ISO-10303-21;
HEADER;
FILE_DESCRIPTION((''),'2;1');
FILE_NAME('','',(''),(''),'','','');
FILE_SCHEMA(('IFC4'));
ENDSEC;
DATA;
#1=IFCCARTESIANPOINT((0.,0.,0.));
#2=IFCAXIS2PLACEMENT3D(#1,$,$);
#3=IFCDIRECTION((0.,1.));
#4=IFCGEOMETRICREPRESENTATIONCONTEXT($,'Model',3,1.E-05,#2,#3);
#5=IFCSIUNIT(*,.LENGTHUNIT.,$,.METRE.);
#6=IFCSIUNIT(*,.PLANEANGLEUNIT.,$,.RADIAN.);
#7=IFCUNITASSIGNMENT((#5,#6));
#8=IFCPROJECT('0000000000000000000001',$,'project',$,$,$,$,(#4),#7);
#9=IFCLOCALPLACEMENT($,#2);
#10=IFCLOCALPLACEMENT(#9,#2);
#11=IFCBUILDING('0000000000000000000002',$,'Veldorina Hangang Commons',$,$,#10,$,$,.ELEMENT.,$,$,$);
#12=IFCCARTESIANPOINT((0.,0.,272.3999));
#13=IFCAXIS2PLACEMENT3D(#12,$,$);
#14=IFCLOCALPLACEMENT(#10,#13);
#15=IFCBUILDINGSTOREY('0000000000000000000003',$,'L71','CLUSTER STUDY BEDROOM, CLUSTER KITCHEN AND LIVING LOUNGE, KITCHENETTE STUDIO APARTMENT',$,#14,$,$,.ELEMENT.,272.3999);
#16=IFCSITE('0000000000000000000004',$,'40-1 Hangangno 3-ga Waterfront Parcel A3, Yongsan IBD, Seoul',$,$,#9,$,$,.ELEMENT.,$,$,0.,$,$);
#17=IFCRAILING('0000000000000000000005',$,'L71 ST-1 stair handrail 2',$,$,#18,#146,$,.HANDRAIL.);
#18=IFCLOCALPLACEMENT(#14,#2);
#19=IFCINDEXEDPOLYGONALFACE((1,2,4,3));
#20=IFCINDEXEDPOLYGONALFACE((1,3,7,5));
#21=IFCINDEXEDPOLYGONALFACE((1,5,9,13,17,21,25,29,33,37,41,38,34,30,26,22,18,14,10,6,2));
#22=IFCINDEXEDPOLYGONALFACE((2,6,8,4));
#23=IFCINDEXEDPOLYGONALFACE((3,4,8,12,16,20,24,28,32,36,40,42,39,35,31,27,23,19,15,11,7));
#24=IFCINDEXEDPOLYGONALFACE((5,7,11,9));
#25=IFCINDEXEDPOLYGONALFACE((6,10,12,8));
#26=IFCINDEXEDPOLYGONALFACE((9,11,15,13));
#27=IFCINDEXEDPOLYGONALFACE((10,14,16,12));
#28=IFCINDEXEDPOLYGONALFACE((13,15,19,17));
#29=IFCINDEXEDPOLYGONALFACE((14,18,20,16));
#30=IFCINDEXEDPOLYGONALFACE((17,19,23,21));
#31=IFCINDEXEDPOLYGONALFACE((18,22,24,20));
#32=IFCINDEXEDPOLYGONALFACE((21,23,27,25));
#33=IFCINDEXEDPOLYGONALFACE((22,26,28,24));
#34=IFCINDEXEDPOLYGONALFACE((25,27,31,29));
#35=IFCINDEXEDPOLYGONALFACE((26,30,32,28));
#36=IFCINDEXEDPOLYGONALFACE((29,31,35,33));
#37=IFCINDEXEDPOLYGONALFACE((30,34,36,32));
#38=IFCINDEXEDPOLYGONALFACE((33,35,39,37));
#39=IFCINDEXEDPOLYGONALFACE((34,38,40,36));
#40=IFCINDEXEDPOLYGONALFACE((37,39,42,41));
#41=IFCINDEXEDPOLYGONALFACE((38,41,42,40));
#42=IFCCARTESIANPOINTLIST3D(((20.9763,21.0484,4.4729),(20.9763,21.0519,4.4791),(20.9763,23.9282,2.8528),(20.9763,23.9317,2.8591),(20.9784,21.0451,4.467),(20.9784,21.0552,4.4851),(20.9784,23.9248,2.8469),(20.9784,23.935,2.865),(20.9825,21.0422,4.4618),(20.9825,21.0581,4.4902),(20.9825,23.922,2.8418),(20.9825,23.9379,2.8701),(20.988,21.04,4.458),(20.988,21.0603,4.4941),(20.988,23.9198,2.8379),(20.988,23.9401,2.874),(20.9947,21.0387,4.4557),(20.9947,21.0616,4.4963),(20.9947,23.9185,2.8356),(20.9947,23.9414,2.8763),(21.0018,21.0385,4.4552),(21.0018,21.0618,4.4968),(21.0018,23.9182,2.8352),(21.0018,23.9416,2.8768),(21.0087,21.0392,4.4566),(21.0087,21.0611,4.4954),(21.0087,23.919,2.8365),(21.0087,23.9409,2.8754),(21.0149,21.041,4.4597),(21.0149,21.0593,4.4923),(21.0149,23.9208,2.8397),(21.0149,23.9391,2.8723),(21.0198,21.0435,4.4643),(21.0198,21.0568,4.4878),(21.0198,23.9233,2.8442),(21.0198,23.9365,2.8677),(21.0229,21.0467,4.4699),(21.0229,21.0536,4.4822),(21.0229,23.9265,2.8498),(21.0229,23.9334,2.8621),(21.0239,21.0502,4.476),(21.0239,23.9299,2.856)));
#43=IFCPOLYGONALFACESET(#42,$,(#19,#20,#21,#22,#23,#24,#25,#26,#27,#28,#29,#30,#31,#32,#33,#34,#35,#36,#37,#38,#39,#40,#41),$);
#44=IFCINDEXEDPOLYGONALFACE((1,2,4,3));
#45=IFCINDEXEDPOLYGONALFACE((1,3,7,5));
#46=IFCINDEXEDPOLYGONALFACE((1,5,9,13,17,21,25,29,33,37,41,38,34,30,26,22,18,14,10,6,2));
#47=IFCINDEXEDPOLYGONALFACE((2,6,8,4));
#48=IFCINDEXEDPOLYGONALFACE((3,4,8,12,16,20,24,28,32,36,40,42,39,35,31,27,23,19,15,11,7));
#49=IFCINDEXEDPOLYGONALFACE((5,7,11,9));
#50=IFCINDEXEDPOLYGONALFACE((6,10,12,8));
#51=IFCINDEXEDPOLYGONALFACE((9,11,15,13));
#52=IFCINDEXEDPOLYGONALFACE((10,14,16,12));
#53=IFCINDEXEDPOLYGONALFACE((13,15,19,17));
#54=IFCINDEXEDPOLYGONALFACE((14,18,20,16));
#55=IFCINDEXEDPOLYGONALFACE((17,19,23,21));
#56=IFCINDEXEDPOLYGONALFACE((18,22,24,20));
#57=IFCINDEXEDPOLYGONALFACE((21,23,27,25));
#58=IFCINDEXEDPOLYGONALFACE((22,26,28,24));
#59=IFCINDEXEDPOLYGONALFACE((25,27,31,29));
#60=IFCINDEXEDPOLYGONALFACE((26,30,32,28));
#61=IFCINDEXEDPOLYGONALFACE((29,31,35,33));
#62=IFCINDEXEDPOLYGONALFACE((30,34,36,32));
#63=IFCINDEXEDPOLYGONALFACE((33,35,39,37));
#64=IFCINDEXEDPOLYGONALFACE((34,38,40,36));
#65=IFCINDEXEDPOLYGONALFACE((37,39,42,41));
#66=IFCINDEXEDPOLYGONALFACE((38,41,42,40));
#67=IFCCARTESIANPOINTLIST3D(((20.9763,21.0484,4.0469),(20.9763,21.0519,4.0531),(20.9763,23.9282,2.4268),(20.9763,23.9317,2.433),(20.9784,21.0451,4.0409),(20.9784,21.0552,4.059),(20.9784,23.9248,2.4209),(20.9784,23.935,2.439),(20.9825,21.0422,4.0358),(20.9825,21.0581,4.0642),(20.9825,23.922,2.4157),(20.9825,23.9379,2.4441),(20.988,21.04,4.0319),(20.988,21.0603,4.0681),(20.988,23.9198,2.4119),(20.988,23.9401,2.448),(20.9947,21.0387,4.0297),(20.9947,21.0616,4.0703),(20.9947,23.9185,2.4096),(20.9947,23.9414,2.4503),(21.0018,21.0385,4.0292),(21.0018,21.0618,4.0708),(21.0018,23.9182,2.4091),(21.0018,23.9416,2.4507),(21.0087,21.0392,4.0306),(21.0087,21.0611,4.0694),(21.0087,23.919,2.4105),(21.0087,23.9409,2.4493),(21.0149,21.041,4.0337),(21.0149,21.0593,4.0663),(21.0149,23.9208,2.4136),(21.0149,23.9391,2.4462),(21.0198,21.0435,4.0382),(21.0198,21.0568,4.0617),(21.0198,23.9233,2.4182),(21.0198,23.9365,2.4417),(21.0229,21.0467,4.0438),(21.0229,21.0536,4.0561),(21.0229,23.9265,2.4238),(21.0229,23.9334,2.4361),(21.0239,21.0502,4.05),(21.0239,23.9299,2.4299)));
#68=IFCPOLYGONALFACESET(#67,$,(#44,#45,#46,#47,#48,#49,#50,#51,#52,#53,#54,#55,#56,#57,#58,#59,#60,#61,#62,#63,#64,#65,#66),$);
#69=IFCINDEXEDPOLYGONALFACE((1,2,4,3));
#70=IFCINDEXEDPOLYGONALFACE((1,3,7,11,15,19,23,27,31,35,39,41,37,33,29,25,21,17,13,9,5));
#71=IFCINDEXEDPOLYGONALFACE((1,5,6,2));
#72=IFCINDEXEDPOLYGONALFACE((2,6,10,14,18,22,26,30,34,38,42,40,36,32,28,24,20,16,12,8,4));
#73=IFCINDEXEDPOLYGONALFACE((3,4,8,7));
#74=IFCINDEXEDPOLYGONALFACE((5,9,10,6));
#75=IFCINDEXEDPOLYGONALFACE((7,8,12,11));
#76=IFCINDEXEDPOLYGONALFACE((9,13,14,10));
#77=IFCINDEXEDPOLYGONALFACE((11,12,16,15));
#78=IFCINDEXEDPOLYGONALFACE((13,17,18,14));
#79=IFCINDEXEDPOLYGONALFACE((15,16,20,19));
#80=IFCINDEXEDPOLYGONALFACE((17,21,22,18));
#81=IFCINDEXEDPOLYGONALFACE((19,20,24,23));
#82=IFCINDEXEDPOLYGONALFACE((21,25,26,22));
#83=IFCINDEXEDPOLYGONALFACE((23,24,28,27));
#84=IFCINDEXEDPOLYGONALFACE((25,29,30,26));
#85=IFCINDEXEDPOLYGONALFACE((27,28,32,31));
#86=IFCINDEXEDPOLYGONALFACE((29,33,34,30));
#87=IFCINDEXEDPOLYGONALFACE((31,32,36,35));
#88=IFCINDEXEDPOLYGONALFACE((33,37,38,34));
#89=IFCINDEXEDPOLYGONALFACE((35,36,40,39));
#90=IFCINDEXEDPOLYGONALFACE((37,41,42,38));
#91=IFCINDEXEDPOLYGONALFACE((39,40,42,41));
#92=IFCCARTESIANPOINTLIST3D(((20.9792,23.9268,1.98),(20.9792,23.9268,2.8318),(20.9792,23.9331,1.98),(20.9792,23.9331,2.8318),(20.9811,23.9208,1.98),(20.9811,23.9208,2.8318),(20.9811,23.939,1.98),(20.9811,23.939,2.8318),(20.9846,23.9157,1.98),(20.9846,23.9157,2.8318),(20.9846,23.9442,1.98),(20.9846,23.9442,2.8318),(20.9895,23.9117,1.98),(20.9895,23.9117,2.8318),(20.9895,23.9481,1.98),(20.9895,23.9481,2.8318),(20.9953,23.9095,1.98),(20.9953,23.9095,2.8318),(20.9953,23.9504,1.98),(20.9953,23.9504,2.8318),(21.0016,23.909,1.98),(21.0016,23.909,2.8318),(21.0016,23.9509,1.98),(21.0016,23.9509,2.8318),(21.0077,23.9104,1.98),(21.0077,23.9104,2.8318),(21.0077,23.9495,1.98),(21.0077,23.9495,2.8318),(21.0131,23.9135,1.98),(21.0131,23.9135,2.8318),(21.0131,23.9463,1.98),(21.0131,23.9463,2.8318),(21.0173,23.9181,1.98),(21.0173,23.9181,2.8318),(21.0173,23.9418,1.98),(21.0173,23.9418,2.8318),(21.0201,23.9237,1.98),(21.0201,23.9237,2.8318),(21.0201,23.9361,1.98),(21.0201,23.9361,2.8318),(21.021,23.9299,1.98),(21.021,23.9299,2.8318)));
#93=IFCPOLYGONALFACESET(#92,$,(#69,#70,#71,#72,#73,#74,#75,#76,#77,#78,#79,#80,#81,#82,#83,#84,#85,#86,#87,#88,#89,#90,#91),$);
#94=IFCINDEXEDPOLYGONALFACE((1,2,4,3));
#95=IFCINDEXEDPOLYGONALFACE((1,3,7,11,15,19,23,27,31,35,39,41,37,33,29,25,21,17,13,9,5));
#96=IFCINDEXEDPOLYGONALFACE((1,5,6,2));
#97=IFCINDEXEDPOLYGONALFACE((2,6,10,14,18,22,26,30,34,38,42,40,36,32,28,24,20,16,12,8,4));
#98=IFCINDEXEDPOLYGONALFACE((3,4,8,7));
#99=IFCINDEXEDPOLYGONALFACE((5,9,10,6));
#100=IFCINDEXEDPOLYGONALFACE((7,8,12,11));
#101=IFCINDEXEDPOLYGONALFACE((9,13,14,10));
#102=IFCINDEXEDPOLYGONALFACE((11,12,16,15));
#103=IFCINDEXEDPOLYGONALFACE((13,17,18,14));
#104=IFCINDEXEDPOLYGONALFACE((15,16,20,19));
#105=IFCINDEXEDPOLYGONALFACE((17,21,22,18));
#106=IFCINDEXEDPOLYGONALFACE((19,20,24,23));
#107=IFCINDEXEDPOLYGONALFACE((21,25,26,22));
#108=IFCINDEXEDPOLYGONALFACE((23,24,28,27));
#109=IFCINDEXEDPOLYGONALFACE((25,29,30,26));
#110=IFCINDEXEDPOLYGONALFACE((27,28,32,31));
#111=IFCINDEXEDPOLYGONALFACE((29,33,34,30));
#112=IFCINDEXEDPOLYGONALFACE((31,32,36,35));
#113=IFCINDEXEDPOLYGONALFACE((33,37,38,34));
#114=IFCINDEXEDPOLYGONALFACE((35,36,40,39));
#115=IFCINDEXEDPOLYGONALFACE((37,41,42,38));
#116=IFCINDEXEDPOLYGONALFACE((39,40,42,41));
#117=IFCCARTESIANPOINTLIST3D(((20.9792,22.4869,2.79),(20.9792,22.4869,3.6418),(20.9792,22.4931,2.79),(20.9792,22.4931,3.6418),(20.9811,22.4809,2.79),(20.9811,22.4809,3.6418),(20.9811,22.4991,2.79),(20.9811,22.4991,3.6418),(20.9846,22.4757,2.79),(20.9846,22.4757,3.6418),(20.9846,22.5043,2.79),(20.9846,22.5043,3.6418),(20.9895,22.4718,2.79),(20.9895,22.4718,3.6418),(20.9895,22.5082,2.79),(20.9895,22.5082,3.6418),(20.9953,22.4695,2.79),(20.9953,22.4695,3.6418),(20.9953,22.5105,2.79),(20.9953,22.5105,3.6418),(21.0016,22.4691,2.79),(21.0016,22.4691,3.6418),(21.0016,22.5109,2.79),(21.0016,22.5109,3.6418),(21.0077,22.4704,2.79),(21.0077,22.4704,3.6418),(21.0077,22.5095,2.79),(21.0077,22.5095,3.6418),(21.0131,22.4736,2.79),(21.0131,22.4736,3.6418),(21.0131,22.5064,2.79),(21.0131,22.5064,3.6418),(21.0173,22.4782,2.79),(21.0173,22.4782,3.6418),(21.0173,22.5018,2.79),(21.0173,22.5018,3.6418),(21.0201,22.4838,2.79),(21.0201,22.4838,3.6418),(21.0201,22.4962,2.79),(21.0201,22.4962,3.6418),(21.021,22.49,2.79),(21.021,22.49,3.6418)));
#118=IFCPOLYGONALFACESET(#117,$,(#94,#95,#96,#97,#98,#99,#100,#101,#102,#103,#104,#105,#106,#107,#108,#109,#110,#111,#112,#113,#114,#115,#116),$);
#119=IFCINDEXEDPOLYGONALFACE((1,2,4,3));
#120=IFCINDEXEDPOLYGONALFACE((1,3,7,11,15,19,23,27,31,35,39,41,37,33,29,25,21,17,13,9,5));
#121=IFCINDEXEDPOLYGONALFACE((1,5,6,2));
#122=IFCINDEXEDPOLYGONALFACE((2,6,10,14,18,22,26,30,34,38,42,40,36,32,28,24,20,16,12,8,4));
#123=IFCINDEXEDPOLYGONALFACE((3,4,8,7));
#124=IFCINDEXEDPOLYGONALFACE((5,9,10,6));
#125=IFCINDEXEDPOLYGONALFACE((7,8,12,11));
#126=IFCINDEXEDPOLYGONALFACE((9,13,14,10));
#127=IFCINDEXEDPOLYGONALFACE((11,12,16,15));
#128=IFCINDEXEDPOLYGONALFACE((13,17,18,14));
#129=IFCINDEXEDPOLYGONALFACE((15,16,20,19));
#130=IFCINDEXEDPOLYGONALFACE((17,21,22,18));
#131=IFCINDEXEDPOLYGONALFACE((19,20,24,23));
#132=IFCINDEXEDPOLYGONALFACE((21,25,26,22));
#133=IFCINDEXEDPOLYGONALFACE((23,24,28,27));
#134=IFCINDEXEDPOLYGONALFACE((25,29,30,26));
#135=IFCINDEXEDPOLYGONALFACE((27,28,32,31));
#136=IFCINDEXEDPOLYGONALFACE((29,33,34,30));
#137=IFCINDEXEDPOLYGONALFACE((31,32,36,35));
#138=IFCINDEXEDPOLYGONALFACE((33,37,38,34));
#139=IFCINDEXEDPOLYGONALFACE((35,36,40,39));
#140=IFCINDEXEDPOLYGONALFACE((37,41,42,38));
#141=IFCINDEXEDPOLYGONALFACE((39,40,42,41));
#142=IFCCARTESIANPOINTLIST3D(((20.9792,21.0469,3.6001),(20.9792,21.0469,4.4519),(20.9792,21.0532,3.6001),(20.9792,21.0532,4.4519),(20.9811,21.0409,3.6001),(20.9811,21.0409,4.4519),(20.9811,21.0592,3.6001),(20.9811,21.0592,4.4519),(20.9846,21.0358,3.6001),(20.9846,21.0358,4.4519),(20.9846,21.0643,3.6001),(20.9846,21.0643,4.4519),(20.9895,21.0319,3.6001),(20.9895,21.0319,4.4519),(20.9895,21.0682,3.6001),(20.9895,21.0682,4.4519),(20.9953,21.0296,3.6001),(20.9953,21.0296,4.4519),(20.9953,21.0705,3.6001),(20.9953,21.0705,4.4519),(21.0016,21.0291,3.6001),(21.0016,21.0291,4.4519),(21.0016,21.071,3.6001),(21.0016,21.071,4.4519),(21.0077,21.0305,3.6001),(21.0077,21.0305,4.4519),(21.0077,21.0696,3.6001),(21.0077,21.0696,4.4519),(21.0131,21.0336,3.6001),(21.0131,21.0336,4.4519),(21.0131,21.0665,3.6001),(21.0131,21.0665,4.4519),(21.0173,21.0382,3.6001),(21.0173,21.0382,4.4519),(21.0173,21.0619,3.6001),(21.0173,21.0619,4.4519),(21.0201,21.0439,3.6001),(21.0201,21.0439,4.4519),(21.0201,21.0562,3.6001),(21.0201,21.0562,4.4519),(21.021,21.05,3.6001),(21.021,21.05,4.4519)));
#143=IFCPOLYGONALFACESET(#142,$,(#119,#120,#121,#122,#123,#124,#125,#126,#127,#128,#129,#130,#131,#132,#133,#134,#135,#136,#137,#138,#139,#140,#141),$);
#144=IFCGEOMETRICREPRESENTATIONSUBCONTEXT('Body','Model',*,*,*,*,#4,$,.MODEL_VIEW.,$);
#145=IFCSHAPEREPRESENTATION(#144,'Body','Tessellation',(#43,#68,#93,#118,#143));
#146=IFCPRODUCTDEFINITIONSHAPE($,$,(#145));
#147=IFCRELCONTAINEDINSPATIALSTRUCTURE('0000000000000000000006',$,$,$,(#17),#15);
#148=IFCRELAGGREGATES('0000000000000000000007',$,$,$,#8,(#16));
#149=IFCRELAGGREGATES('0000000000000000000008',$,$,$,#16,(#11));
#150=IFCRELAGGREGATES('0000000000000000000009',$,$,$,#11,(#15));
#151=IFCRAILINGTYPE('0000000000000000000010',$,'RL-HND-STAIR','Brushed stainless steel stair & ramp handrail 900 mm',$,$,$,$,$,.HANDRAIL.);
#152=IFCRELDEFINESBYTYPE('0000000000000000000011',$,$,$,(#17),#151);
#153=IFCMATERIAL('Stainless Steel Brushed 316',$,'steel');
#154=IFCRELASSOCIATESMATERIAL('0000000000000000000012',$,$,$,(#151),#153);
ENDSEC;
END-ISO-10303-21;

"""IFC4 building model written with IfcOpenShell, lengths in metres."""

from ifc_helpers import new_model, si_unit, direction, frame, origin, origin_2d, place, context, subcontext, project, spatial, circle, extrude, material, type_object, element, save


model = new_model("IFC4")

# Units and contexts
model_context = context("Model", 3, precision=1e-05, world=origin(), true_north=direction((0.0, 1.0)))
body_context = subcontext(model_context, "Body", "Model", "MODEL_VIEW")
ifc_project = project(units=[si_unit("LENGTHUNIT", "METRE"), si_unit("PLANEANGLEUNIT", "RADIAN")], contexts=[model_context])

# Site, building, storey
site_placement = place(None, origin())
site = spatial("IfcSite", under=ifc_project, at=site_placement, Name="40-1 Hangangno 3-ga Waterfront Parcel A3, Yongsan IBD, Seoul", CompositionType="ELEMENT", RefElevation=0.0)
building_placement = place(site_placement, origin())
building = spatial("IfcBuilding", under=site, at=building_placement, Name="Veldorina Hangang Commons", CompositionType="ELEMENT")
storey_placement = place(building_placement, frame((0.0, 0.0, 272.3999)))
storey = spatial("IfcBuildingStorey", under=building, at=storey_placement, Name="L71", Description="CLUSTER STUDY BEDROOM, CLUSTER KITCHEN AND LIVING LOUNGE, KITCHENETTE STUDIO APARTMENT", CompositionType="ELEMENT", Elevation=272.3999)

# Railing
ifc_material_1 = material(Name="Stainless Steel Brushed 316", Category="steel")
railing_type_1 = type_object("IfcRailingType", Name="RL-HND-STAIR", Description="Brushed stainless steel stair & ramp handrail 900 mm", PredefinedType="HANDRAIL", material=ifc_material_1)
railing_1_placement = place(storey_placement, frame((21.0, 23.9299, 1.98)))
element("IfcRailing", 1, at=railing_1_placement, inside=storey, type_object=railing_type_1, Name="L71 ST-1 stair handrail 2", PredefinedType="HANDRAIL", context=body_context, shape_type="SweptSolid", body=[
    extrude(circle(Radius=0.0239, at=origin_2d()), frame((0.0, 0.0, 0.876), z_axis=(0.0, -0.871552, 0.490303), x_axis=(1.0, 0.0, 0.0)), (0.0, 0.0, 1.0), 3.3042),
    extrude(circle(Radius=0.0239, at=origin_2d()), frame((0.0, 0.0, 0.45), z_axis=(0.0, -0.871552, 0.490303), x_axis=(1.0, 0.0, 0.0)), (0.0, 0.0, 1.0), 3.3042),
    extrude(circle(Radius=0.021, at=origin_2d()), origin(), (0.0, 0.0, 1.0), 0.8518),
    extrude(circle(Radius=0.021, at=origin_2d()), frame((0.0, -1.4399, 0.8101)), (0.0, 0.0, 1.0), 0.8518),
    extrude(circle(Radius=0.021, at=origin_2d()), frame((0.0, -2.8799, 1.6201)), (0.0, 0.0, 1.0), 0.8518),
])

save(model, "model.ifc")
